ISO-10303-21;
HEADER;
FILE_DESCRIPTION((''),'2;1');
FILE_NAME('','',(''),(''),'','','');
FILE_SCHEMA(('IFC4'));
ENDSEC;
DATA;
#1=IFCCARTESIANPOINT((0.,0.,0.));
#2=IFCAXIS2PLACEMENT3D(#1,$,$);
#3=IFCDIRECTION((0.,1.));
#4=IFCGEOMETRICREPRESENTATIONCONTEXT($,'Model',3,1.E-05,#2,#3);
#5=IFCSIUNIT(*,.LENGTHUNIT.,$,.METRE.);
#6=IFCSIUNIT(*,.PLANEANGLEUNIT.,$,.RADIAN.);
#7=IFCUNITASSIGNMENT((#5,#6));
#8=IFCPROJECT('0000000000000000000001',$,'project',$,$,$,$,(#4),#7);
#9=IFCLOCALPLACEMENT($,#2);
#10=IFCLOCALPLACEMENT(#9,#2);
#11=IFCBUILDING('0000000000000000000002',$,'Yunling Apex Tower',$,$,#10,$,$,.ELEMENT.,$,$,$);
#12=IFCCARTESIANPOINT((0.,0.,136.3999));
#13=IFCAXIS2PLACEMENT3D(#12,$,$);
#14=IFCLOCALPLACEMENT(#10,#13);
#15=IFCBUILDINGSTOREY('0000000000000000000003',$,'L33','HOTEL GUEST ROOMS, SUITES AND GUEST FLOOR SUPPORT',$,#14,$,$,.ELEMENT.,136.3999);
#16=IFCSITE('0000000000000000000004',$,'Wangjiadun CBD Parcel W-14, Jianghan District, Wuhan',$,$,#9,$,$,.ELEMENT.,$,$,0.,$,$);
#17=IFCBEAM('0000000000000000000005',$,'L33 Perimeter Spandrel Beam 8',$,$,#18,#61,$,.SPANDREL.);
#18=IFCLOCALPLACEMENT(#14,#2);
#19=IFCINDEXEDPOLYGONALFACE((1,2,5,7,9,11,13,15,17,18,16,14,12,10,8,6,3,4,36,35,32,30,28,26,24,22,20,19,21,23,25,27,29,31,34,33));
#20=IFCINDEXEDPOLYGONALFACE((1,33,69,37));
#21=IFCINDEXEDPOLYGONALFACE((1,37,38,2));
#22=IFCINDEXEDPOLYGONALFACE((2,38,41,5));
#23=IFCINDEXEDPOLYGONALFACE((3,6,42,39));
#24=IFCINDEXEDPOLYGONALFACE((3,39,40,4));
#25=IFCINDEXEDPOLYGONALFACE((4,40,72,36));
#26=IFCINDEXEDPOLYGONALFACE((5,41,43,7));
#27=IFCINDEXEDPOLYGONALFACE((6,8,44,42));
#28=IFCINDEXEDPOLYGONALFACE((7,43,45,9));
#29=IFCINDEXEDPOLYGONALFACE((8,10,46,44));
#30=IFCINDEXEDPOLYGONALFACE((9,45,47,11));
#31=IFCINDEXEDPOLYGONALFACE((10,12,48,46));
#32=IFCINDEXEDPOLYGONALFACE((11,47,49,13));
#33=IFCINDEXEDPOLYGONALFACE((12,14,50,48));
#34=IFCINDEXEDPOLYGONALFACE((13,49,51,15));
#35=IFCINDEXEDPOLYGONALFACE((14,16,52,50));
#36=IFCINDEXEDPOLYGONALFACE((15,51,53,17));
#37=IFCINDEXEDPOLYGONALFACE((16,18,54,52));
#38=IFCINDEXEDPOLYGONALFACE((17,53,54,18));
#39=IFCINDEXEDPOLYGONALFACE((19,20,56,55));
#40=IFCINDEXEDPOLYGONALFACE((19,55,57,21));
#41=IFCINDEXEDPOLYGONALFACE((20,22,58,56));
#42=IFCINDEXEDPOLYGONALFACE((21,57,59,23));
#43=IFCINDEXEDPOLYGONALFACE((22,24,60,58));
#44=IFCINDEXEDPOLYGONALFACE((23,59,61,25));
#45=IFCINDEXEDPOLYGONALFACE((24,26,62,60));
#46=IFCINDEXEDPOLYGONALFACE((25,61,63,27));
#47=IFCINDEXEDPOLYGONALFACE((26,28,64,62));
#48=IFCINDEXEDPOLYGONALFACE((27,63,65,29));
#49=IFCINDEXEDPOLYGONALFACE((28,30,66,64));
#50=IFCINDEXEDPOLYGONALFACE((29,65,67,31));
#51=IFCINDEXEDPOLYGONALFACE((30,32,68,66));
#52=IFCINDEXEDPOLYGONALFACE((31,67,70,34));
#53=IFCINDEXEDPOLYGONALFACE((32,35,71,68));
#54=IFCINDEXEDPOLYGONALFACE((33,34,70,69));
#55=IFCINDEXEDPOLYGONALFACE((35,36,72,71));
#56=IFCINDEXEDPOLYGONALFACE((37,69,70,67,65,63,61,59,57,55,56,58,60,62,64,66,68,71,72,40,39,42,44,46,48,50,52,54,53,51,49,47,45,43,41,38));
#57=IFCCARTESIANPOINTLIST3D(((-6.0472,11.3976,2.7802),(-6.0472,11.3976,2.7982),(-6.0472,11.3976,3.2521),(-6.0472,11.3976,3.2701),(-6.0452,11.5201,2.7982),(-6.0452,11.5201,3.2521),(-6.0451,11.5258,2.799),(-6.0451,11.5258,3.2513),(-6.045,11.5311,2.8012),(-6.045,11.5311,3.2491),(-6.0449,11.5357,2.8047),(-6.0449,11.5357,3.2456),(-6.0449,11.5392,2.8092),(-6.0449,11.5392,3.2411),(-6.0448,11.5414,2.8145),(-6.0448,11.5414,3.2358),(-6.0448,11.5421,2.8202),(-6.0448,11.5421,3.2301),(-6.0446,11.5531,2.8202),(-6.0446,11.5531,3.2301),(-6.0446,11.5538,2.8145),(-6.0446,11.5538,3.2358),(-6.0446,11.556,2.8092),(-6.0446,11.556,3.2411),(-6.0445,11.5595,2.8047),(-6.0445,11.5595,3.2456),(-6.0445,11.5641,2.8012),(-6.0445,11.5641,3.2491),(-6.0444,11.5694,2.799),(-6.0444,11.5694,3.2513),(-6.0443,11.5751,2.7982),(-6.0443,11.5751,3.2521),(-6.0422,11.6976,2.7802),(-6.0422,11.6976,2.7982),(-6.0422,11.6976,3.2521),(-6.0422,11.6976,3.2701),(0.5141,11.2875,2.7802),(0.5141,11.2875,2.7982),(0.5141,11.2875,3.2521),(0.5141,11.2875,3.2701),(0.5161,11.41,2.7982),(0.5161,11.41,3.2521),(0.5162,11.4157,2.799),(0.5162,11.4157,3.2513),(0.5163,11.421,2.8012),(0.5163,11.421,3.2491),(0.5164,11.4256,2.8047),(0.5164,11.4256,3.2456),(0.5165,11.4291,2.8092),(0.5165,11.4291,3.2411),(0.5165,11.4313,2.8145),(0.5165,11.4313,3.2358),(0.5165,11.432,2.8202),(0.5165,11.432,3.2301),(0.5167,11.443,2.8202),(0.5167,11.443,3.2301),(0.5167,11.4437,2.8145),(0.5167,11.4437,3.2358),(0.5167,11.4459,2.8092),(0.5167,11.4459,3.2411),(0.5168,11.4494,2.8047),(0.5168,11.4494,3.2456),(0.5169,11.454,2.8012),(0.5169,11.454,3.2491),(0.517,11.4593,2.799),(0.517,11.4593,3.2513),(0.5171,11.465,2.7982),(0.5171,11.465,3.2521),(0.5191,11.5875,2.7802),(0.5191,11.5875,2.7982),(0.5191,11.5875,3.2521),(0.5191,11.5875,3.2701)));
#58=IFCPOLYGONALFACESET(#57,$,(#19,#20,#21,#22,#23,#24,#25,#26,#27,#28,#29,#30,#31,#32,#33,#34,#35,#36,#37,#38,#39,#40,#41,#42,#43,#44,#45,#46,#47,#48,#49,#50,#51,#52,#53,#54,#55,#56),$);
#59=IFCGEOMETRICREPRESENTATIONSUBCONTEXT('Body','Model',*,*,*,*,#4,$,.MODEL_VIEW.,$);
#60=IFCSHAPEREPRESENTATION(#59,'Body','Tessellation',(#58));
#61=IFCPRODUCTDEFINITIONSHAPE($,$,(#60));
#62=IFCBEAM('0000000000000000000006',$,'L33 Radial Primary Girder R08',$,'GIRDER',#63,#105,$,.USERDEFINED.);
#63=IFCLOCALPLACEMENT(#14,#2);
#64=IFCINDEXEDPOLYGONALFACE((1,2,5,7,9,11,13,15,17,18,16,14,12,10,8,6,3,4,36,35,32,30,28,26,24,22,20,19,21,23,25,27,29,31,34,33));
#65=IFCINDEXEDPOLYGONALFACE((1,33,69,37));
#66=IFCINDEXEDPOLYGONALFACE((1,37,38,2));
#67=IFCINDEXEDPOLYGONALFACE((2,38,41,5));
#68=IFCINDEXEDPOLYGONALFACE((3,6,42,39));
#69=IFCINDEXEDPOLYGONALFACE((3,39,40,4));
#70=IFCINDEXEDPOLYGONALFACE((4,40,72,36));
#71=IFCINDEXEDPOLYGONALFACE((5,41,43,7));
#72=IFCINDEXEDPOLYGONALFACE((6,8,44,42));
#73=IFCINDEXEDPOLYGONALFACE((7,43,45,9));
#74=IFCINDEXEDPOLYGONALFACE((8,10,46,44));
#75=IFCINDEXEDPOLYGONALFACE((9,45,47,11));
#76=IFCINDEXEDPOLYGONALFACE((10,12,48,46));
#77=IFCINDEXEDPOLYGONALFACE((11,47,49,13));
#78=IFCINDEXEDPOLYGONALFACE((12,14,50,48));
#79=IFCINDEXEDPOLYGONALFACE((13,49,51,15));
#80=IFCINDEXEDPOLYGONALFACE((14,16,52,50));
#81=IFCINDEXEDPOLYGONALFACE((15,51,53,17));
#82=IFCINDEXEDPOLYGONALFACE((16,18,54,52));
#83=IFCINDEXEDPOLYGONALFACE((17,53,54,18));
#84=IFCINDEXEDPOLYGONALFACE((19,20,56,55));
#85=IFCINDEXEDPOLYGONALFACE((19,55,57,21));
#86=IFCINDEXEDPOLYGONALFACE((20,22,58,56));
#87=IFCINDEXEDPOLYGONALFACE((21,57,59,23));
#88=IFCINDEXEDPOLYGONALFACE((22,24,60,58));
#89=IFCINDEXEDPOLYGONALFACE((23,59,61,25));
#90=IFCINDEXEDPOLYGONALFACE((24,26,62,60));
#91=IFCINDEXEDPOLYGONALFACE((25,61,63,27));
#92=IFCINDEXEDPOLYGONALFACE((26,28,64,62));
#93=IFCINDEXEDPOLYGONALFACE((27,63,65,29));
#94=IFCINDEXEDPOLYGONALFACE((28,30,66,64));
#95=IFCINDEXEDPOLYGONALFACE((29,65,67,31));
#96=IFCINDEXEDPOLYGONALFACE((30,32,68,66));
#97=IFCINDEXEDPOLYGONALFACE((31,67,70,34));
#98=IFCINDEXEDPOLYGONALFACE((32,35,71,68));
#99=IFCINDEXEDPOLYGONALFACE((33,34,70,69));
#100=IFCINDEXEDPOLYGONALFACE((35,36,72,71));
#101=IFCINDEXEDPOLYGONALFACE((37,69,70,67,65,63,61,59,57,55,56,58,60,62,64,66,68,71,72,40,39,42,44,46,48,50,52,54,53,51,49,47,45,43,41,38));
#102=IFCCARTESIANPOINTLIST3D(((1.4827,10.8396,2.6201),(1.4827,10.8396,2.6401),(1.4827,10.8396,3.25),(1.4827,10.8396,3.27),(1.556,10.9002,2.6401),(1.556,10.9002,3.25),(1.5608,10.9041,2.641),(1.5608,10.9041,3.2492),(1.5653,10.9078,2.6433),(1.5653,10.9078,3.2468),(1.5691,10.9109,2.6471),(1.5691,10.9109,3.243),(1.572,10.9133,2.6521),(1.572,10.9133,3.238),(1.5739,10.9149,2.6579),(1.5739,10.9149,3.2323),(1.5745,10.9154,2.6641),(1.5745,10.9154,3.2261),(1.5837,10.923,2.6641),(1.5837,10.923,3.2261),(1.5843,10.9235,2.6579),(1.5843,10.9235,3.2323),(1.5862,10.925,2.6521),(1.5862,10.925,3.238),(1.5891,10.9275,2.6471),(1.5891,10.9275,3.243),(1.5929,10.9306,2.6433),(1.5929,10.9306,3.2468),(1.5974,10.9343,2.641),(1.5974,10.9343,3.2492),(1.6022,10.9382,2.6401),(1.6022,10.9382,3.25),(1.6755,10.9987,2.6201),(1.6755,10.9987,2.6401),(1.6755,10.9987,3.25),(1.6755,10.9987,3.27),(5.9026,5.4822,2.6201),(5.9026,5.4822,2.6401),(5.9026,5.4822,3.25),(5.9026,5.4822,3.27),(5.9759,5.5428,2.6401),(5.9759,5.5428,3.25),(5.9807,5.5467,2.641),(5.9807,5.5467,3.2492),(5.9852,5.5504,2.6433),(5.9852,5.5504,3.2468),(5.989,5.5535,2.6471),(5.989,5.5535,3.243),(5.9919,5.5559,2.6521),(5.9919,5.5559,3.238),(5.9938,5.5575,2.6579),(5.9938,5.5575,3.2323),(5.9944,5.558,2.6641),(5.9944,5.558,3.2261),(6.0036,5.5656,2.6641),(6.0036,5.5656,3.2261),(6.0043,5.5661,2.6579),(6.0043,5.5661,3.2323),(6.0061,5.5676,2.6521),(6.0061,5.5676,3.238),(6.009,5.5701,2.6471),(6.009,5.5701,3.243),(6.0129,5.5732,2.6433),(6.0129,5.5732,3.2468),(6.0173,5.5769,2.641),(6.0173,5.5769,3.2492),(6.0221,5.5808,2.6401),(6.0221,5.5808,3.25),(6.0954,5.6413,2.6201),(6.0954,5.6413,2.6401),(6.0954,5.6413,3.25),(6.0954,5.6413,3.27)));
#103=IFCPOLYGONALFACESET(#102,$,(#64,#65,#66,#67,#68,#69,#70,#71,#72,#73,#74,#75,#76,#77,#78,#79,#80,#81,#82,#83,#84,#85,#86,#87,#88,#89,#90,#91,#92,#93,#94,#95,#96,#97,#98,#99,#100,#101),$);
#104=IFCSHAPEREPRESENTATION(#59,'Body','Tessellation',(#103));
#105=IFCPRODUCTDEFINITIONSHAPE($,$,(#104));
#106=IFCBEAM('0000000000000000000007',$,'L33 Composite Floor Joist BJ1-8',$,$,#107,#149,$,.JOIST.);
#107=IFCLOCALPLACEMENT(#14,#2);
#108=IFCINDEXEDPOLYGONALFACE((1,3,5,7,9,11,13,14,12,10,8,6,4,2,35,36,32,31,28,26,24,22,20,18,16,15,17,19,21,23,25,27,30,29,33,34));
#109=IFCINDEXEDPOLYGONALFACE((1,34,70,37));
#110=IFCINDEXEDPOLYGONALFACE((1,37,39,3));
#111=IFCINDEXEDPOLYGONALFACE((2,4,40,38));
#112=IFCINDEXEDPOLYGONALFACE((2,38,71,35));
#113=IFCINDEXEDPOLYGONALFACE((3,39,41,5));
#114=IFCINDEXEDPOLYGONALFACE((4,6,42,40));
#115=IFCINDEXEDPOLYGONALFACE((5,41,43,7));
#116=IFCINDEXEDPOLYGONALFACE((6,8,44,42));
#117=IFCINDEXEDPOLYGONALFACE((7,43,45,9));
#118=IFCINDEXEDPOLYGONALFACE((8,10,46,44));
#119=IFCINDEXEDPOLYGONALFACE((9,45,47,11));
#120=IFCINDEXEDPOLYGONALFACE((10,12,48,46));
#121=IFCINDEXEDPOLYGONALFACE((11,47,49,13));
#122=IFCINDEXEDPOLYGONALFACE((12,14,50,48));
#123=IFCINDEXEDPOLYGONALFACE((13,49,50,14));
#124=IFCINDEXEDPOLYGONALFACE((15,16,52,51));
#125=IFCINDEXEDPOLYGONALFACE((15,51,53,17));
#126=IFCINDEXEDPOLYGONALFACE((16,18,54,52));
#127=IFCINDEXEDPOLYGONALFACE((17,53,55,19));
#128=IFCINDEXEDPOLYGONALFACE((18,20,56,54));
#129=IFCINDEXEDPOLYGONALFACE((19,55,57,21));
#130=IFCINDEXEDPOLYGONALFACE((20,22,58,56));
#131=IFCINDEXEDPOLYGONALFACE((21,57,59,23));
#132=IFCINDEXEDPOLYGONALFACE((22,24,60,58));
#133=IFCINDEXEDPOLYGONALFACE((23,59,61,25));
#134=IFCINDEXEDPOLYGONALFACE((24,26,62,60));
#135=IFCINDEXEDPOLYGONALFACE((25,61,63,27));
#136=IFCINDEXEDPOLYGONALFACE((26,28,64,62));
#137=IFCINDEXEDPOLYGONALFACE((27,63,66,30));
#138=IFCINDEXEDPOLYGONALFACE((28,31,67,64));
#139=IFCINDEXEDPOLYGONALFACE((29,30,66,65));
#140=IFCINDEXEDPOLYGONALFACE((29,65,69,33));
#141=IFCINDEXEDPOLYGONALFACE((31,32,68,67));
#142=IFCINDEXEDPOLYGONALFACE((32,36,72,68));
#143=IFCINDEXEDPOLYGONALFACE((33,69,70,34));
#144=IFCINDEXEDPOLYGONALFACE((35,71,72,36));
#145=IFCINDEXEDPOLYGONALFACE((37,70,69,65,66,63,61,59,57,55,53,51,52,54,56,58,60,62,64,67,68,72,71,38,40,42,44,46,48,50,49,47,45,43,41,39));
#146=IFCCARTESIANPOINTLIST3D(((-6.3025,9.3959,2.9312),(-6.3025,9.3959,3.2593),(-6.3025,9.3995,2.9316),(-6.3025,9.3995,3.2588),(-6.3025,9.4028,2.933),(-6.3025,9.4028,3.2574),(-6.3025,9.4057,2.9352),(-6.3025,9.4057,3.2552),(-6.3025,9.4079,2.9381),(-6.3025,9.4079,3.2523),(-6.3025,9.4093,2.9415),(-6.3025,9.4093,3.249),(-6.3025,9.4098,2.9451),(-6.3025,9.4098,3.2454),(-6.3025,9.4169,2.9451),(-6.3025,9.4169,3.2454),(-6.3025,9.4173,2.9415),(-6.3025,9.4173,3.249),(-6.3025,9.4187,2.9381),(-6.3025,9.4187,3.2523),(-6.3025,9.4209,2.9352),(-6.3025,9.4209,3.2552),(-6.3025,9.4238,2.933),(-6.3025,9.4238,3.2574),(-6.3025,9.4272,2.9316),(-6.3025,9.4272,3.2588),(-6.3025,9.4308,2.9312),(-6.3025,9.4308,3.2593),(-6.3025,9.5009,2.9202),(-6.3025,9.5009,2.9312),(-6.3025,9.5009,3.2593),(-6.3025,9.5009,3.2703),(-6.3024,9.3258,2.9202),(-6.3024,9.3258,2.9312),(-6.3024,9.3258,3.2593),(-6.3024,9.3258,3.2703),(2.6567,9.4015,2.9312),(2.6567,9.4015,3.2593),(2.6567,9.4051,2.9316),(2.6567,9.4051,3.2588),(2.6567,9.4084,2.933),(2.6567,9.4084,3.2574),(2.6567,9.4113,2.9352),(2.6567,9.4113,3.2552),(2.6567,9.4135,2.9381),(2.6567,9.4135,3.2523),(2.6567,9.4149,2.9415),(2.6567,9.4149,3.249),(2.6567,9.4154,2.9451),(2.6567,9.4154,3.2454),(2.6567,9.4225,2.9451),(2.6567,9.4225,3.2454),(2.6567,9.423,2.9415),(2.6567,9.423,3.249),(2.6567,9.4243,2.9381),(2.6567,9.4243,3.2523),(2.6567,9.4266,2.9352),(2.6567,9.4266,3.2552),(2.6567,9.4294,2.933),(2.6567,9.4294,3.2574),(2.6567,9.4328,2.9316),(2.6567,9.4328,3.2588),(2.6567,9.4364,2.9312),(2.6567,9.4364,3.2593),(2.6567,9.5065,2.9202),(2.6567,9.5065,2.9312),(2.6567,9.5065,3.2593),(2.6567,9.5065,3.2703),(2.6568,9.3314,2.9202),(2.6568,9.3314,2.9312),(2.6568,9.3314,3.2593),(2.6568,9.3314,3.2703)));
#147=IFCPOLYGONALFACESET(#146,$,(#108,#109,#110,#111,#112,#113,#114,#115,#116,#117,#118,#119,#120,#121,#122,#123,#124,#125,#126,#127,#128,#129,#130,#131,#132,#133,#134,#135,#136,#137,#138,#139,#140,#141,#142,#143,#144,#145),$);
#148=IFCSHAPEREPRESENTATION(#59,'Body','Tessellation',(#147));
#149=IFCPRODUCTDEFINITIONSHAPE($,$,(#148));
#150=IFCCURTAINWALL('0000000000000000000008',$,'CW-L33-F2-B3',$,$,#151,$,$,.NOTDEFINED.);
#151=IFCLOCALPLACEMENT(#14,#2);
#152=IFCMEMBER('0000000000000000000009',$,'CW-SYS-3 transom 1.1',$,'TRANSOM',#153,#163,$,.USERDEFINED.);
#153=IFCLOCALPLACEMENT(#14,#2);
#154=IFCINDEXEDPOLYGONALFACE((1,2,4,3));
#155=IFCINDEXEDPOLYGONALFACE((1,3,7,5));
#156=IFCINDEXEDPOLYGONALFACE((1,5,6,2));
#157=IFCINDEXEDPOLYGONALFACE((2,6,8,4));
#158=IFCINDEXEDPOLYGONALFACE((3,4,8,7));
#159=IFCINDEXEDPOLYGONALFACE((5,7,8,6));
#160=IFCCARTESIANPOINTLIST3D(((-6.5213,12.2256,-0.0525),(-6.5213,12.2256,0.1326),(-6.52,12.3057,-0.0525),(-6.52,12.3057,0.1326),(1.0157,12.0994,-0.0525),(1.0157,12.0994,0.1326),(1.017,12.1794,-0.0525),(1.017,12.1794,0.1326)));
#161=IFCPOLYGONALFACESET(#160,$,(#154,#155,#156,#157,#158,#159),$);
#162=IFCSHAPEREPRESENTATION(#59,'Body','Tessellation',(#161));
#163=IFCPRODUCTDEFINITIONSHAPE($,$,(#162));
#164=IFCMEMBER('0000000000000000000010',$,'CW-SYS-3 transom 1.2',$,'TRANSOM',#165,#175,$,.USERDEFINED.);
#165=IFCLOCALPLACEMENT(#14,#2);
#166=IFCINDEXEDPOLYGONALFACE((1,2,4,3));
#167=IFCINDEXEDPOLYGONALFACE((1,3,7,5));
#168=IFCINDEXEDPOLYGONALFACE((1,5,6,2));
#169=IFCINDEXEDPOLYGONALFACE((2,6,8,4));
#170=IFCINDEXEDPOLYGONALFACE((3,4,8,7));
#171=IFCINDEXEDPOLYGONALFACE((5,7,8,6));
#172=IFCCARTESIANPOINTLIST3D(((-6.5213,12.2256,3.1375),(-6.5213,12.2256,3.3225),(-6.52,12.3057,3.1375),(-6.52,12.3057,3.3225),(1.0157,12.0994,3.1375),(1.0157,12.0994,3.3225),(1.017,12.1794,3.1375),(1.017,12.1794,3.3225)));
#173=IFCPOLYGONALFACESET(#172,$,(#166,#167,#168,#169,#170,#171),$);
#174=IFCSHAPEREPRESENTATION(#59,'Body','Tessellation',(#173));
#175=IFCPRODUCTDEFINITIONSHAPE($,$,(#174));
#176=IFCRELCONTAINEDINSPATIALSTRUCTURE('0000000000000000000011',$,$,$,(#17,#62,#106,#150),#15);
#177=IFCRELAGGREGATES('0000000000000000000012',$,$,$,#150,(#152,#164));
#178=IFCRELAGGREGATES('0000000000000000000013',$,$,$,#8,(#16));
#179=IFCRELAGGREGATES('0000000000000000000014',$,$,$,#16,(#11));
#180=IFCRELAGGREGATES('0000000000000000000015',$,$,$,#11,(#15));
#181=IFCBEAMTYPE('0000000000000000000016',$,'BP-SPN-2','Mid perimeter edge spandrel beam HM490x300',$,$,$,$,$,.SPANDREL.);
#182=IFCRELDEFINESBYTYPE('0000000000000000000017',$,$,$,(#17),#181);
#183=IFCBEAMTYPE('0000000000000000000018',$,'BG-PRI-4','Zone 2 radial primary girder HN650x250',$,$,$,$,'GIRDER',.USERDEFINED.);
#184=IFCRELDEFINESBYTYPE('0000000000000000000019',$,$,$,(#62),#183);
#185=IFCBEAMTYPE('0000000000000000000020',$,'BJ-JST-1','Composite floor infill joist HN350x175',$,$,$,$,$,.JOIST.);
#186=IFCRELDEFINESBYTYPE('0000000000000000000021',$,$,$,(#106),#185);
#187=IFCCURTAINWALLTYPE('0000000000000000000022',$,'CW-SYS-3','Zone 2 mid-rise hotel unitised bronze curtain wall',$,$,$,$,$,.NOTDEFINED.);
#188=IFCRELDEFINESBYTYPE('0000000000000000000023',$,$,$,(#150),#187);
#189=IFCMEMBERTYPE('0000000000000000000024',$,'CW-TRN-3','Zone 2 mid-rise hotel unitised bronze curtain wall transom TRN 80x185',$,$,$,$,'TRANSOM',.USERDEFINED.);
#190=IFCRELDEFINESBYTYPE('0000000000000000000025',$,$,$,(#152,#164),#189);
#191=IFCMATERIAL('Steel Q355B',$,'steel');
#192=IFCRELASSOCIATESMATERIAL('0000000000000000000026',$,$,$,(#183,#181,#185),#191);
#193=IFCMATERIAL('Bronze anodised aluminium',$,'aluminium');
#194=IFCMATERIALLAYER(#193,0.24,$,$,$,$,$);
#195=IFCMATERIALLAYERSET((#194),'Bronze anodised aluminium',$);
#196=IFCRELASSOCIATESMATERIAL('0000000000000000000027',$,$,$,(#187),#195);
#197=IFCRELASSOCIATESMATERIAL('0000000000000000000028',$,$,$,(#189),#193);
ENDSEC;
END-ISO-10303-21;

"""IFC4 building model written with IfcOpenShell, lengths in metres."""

from ifc_helpers import new_model, si_unit, direction, frame, origin, origin_2d, place, context, subcontext, project, spatial, rectangle, i_section, extrude, source, transform, mapped, material, layer, layer_set, material_profile, profile_set, type_object, element, aggregate, save


model = new_model("IFC4")

# Units and contexts
model_context = context("Model", 3, precision=1e-05, world=origin(), true_north=direction((0.0, 1.0)))
body_context = subcontext(model_context, "Body", "Model", "MODEL_VIEW")
ifc_project = project(units=[si_unit("LENGTHUNIT", "METRE"), si_unit("PLANEANGLEUNIT", "RADIAN")], contexts=[model_context])

# Site, building, storey
site_placement = place(None, origin())
site = spatial("IfcSite", under=ifc_project, at=site_placement, Name="Wangjiadun CBD Parcel W-14, Jianghan District, Wuhan", CompositionType="ELEMENT", RefElevation=0.0)
building_placement = place(site_placement, origin())
building = spatial("IfcBuilding", under=site, at=building_placement, Name="Yunling Apex Tower", CompositionType="ELEMENT")
storey_placement = place(building_placement, frame((0.0, 0.0, 136.3999)))
storey = spatial("IfcBuildingStorey", under=building, at=storey_placement, Name="L33", Description="HOTEL GUEST ROOMS, SUITES AND GUEST FLOOR SUPPORT", CompositionType="ELEMENT", Elevation=136.3999)

# Beams
ifc_material_1 = material(Name="Steel Q355B", Category="steel")
ifc_material_profile_1 = material_profile(ifc_material_1, i_section(OverallWidth=0.25, OverallDepth=0.6499, WebThickness=0.012, FlangeThickness=0.02, FilletRadius=0.0239, at=origin_2d()))
ifc_profile_set_1 = profile_set([ifc_material_profile_1], Name="Steel Q355B")
beam_type_1 = type_object("IfcBeamType", Name="BG-PRI-4", Description="Zone 2 radial primary girder HN650x250", ElementType="GIRDER", PredefinedType="USERDEFINED", material=ifc_profile_set_1)
ifc_material_profile_2 = material_profile(ifc_material_1, i_section(OverallWidth=0.3, OverallDepth=0.49, WebThickness=0.011, FlangeThickness=0.0181, FilletRadius=0.022, at=origin_2d()))
ifc_profile_set_2 = profile_set([ifc_material_profile_2], Name="Steel Q355B")
beam_type_2 = type_object("IfcBeamType", Name="BP-SPN-2", Description="Mid perimeter edge spandrel beam HM490x300", PredefinedType="SPANDREL", material=ifc_profile_set_2)
shared_shape_1 = source(origin(), body_context, "Body", "SweptSolid", [
    extrude(i_section(OverallWidth=0.3, OverallDepth=0.49, WebThickness=0.011, FlangeThickness=0.0181, FilletRadius=0.022, at=origin_2d()), origin(), (0.0, 0.0, 1.0), 6.5623),
])
beam_1_placement = place(storey_placement, frame((0.5166, 11.4375, 3.0251), z_axis=(-0.999859, 0.016779, 0.0), x_axis=(-0.016779, -0.999859, 0.0)))
element("IfcBeam", 1, at=beam_1_placement, inside=storey, type_object=beam_type_2, Name="L33 Perimeter Spandrel Beam 8", PredefinedType="SPANDREL", context=body_context, shape_type="MappedRepresentation", body=[
    mapped(shared_shape_1, transform((0.0, 0.0, 0.0), scale=1.0)),
])
shared_shape_2 = source(origin(), body_context, "Body", "SweptSolid", [
    extrude(i_section(OverallWidth=0.25, OverallDepth=0.6499, WebThickness=0.012, FlangeThickness=0.02, FilletRadius=0.0239, at=origin_2d()), origin(), (0.0, 0.0, 1.0), 6.9453),
])
beam_2_placement = place(storey_placement, frame((1.5791, 10.9192, 2.9451), z_axis=(0.636387, -0.77137, 0.0), x_axis=(0.77137, 0.636387, 0.0)))
element("IfcBeam", 2, at=beam_2_placement, inside=storey, type_object=beam_type_1, Name="L33 Radial Primary Girder R08", ObjectType="GIRDER", PredefinedType="USERDEFINED", context=body_context, shape_type="MappedRepresentation", body=[
    mapped(shared_shape_2, transform((0.0, 0.0, 0.0), scale=1.0)),
])
ifc_material_profile_3 = material_profile(ifc_material_1, i_section(OverallWidth=0.175, OverallDepth=0.3501, WebThickness=0.0071, FlangeThickness=0.011, FilletRadius=0.0139, at=origin_2d()))
ifc_profile_set_3 = profile_set([ifc_material_profile_3], Name="Steel Q355B")
beam_type_3 = type_object("IfcBeamType", Name="BJ-JST-1", Description="Composite floor infill joist HN350x175", PredefinedType="JOIST", material=ifc_profile_set_3)
shared_shape_3 = source(origin(), body_context, "Body", "SweptSolid", [
    extrude(i_section(OverallWidth=0.175, OverallDepth=0.3501, WebThickness=0.0071, FlangeThickness=0.011, FilletRadius=0.0139, at=origin_2d()), origin(), (0.0, 0.0, 1.0), 8.9592),
])
beam_3_placement = place(storey_placement, frame((2.6567, 9.4189, 3.0952), z_axis=(-1.0, -0.000627, 0.0), x_axis=(0.000627, -1.0, 0.0)))
element("IfcBeam", 3, at=beam_3_placement, inside=storey, type_object=beam_type_3, Name="L33 Composite Floor Joist BJ1-8", PredefinedType="JOIST", context=body_context, shape_type="MappedRepresentation", body=[
    mapped(shared_shape_3, transform((0.0, 0.0, 0.0), scale=1.0)),
])

# Curtain wall, members
ifc_material_2 = material(Name="Bronze anodised aluminium", Category="aluminium")
ifc_layer_1 = layer(ifc_material_2, 0.24)
ifc_layer_set_1 = layer_set([ifc_layer_1], Name="Bronze anodised aluminium")
curtain_wall_type = type_object("IfcCurtainWallType", Name="CW-SYS-3", Description="Zone 2 mid-rise hotel unitised bronze curtain wall", PredefinedType="NOTDEFINED", material=ifc_layer_set_1)
curtain_wall_1_placement = place(storey_placement, origin())
curtain_wall_1 = element("IfcCurtainWall", 4, at=curtain_wall_1_placement, inside=storey, type_object=curtain_wall_type, Name="CW-L33-F2-B3", PredefinedType="NOTDEFINED")
ifc_material_profile_4 = material_profile(ifc_material_2, rectangle(XDim=0.0801, YDim=0.1851, at=origin_2d()))
ifc_profile_set_4 = profile_set([ifc_material_profile_4], Name="Bronze anodised aluminium")
member_type_1 = type_object("IfcMemberType", Name="CW-TRN-3", Description="Zone 2 mid-rise hotel unitised bronze curtain wall transom TRN 80x185", ElementType="TRANSOM", PredefinedType="USERDEFINED", material=ifc_profile_set_4)
shared_shape_4 = source(origin(), body_context, "Body", "SweptSolid", [
    extrude(rectangle(XDim=0.0801, YDim=0.1851, at=origin_2d()), origin(), (0.0, 0.0, 1.0), 7.5381),
])
member_1_placement = place(storey_placement, frame((1.0164, 12.1394, 0.04), z_axis=(-0.99986, 0.016744, 0.0), x_axis=(-0.016744, -0.99986, 0.0)))
member_1 = element("IfcMember", 5, at=member_1_placement, type_object=member_type_1, Name="CW-SYS-3 transom 1.1", ObjectType="TRANSOM", PredefinedType="USERDEFINED", context=body_context, shape_type="MappedRepresentation", body=[
    mapped(shared_shape_4, transform((0.0, 0.0, 0.0), scale=1.0)),
])
member_2_placement = place(storey_placement, frame((1.0164, 12.1394, 3.23), z_axis=(-0.99986, 0.016744, 0.0), x_axis=(-0.016744, -0.99986, 0.0)))
member_2 = element("IfcMember", 6, at=member_2_placement, type_object=member_type_1, Name="CW-SYS-3 transom 1.2", ObjectType="TRANSOM", PredefinedType="USERDEFINED", context=body_context, shape_type="MappedRepresentation", body=[
    mapped(shared_shape_4, transform((0.0, 0.0, 0.0), scale=1.0)),
])

aggregate(curtain_wall_1, [member_1, member_2])

save(model, "model.ifc")
